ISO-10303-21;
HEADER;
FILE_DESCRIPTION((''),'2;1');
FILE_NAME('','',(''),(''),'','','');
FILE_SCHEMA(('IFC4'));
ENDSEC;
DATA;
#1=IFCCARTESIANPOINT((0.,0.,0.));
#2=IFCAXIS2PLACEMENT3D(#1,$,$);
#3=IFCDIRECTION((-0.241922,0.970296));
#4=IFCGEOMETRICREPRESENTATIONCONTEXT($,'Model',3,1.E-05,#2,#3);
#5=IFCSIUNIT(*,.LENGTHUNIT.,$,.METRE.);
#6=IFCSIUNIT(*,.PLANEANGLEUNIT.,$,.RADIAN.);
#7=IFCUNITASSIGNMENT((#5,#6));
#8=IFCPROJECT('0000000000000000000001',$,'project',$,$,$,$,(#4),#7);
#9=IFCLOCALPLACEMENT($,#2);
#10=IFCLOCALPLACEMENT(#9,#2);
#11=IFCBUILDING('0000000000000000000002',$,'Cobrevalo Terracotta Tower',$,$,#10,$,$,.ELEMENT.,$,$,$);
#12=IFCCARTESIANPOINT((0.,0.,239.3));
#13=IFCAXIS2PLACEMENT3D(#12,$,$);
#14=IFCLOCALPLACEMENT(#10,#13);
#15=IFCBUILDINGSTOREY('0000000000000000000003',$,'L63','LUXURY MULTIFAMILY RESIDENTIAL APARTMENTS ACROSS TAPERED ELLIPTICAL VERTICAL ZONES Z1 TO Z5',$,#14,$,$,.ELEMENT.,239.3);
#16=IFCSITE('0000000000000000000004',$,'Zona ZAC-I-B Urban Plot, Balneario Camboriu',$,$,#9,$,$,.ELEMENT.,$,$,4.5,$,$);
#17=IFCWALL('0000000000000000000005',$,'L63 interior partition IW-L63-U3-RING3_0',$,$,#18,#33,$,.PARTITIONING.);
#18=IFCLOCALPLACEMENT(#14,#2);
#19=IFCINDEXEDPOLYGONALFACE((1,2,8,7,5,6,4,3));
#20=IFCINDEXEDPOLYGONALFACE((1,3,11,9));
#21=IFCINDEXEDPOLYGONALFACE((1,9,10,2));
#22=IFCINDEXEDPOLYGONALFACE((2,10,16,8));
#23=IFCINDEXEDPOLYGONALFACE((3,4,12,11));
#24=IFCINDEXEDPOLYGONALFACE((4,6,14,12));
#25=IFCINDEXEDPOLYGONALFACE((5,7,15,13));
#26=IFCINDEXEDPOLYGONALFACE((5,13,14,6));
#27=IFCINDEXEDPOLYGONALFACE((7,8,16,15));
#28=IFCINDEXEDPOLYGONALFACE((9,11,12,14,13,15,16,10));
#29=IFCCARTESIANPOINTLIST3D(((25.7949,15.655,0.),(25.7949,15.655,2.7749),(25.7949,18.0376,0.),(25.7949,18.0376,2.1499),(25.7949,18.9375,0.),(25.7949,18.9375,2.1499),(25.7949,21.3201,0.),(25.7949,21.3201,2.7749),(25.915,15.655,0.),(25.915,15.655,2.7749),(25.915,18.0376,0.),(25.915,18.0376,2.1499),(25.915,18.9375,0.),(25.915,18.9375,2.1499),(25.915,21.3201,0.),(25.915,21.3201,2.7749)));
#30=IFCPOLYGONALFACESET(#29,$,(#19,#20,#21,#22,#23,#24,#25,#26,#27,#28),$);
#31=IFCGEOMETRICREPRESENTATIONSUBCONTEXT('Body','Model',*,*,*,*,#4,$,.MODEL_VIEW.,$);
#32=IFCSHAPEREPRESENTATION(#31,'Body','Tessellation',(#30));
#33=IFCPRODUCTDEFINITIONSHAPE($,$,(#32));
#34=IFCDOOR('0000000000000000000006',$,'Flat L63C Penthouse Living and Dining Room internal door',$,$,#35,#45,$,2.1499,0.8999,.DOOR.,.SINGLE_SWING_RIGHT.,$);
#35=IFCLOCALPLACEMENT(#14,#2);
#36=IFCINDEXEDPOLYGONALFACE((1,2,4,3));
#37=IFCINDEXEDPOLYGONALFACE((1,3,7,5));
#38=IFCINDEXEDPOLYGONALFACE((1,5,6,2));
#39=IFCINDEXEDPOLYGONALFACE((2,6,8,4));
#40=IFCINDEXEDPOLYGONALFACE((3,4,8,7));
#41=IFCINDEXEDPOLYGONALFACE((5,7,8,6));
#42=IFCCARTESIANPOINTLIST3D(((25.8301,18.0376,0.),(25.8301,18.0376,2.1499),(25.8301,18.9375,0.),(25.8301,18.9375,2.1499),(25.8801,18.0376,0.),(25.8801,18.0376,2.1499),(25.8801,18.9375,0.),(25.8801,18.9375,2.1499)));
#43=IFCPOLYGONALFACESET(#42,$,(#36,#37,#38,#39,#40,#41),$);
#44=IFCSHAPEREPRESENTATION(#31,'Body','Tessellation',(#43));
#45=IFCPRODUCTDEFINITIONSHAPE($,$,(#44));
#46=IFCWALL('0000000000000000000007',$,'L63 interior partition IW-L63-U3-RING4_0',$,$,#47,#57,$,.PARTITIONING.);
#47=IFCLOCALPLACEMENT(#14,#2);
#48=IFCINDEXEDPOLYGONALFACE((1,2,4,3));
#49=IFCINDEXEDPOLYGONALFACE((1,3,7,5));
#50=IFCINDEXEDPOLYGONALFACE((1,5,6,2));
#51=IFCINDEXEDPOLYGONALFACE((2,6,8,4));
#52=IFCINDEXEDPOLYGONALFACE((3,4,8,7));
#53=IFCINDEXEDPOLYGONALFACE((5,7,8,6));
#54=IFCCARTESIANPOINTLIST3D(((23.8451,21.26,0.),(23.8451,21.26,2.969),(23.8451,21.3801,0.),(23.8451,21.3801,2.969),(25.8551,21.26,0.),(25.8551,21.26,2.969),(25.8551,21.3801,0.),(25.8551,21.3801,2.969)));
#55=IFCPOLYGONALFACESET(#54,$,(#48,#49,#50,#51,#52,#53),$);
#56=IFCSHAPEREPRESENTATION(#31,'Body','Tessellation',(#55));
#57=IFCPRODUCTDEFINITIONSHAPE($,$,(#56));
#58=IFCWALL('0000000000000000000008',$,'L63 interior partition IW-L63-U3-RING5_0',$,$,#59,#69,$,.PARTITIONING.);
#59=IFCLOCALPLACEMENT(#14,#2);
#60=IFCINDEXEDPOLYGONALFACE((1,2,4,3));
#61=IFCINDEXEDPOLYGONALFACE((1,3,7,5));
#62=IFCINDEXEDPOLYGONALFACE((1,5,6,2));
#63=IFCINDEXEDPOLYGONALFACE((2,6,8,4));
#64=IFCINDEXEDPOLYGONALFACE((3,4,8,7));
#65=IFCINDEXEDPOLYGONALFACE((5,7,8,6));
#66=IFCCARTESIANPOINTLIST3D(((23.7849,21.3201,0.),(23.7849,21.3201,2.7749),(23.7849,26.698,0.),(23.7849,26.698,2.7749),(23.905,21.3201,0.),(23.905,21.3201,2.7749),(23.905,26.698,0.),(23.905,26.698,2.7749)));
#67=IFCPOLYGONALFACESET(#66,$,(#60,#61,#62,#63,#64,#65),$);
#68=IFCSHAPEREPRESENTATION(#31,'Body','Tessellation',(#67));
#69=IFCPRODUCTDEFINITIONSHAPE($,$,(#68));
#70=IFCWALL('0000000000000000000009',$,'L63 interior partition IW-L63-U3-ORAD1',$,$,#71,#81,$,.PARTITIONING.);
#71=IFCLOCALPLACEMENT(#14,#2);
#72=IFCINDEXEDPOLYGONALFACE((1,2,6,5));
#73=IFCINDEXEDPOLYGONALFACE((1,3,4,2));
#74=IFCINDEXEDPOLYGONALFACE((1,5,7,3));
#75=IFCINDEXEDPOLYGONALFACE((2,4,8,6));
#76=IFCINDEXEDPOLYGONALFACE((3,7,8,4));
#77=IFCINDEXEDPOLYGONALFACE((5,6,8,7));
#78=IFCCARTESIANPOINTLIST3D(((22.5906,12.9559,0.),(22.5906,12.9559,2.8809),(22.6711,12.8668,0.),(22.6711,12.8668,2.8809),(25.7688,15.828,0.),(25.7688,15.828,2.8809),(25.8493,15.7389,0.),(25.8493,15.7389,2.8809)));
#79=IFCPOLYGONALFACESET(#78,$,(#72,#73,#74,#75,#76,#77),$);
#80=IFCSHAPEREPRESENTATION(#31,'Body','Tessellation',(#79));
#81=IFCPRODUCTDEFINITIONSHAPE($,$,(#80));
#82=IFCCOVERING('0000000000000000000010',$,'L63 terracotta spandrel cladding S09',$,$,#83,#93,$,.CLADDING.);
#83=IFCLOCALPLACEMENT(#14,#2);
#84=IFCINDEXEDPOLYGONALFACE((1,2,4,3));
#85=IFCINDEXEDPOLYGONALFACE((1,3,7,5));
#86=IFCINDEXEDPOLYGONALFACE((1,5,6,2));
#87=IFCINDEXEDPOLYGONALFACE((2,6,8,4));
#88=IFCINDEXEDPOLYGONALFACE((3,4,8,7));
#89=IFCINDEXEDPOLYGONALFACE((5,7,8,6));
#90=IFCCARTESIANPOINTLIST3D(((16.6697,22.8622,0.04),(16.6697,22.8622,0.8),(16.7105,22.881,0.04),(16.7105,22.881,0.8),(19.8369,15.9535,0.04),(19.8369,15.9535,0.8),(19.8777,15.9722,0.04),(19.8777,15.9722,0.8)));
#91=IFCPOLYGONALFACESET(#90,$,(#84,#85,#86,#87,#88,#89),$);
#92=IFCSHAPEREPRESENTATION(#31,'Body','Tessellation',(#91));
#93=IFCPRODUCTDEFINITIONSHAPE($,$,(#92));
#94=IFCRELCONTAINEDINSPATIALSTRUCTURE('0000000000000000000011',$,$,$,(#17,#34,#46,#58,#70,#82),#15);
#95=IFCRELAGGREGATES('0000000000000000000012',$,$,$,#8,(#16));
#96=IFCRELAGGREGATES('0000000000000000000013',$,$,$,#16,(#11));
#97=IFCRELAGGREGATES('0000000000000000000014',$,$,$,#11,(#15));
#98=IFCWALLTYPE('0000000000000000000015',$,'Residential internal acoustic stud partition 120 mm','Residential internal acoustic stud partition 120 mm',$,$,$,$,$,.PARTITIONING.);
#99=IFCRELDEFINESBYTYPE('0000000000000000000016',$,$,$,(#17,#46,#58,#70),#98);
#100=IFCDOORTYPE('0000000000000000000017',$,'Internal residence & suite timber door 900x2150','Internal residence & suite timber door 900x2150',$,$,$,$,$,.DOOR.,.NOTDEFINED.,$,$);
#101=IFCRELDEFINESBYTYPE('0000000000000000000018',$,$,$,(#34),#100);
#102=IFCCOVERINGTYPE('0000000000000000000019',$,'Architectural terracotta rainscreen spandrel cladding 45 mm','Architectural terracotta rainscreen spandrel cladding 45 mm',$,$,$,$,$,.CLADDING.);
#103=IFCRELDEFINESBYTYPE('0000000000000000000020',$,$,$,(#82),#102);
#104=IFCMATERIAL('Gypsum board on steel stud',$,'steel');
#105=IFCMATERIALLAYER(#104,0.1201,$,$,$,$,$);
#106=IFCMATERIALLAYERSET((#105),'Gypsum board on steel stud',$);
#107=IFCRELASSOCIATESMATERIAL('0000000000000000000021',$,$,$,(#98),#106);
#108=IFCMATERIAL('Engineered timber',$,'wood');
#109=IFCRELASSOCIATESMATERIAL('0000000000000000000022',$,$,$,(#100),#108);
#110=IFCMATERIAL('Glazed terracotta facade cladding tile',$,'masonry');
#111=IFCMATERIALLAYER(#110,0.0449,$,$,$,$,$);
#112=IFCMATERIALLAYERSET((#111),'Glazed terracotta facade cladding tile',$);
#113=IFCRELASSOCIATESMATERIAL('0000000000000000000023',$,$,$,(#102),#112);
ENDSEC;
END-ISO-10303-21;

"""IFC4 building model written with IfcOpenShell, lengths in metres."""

from ifc_helpers import new_model, si_unit, direction, frame, frame_2d, origin, origin_2d, place, context, subcontext, project, spatial, rectangle, extrude, source, transform, mapped, material, layer, layer_set, type_object, element, fill, save


model = new_model("IFC4")

# Units and contexts
model_context = context("Model", 3, precision=1e-05, world=origin(), true_north=direction((-0.241922, 0.970296)))
body_context = subcontext(model_context, "Body", "Model", "MODEL_VIEW")
ifc_project = project(units=[si_unit("LENGTHUNIT", "METRE"), si_unit("PLANEANGLEUNIT", "RADIAN")], contexts=[model_context])

# Site, building, storey
site_placement = place(None, origin())
site = spatial("IfcSite", under=ifc_project, at=site_placement, Name="Zona ZAC-I-B Urban Plot, Balneario Camboriu", CompositionType="ELEMENT", RefElevation=4.5)
building_placement = place(site_placement, origin())
building = spatial("IfcBuilding", under=site, at=building_placement, Name="Cobrevalo Terracotta Tower", CompositionType="ELEMENT")
storey_placement = place(building_placement, frame((0.0, 0.0, 239.3)))
storey = spatial("IfcBuildingStorey", under=building, at=storey_placement, Name="L63", Description="LUXURY MULTIFAMILY RESIDENTIAL APARTMENTS ACROSS TAPERED ELLIPTICAL VERTICAL ZONES Z1 TO Z5", CompositionType="ELEMENT", Elevation=239.3)

# Wall, opening, door
ifc_material_1 = material(Name="Gypsum board on steel stud", Category="steel")
ifc_layer_1 = layer(ifc_material_1, 0.1201)
ifc_layer_set_1 = layer_set([ifc_layer_1], Name="Gypsum board on steel stud")
wall_type = type_object("IfcWallType", Name="Residential internal acoustic stud partition 120 mm", Description="Residential internal acoustic stud partition 120 mm", PredefinedType="PARTITIONING", material=ifc_layer_set_1)
wall_1_placement = place(storey_placement, frame((25.855, 15.655, 0.0), z_axis=(0.0, 0.0, 1.0), x_axis=(0.0, 1.0, 0.0)))
wall_1 = element("IfcWall", 1, at=wall_1_placement, inside=storey, type_object=wall_type, Name="L63 interior partition IW-L63-U3-RING3_0", PredefinedType="PARTITIONING", context=body_context, shape_type="SweptSolid", body=[
    extrude(rectangle(XDim=5.665, YDim=0.1201, at=frame_2d((2.8325, 0.0))), origin(), (0.0, 0.0, 1.0), 2.7749),
])
opening_placement = place(wall_1_placement, frame((2.3826, 0.0, 0.0)))
opening = element("IfcOpeningElement", 2, at=opening_placement, cuts=wall_1, PredefinedType="OPENING", context=body_context, shape_type="SweptSolid", body=[
    extrude(rectangle(XDim=0.8999, YDim=2.1499, at=frame_2d((0.45, 1.075))), frame((0.0, 0.0701, 0.0), z_axis=(0.0, -1.0, 0.0), x_axis=(1.0, 0.0, 0.0)), (0.0, 0.0, 1.0), 0.1401),
])
ifc_material_2 = material(Name="Engineered timber", Category="wood")
door_type = type_object("IfcDoorType", Name="Internal residence & suite timber door 900x2150", Description="Internal residence & suite timber door 900x2150", OperationType="NOTDEFINED", PredefinedType="DOOR", material=ifc_material_2)
shared_shape_1 = source(origin(), body_context, "Body", "SweptSolid", [
    extrude(rectangle(XDim=0.8999, YDim=2.1499, at=frame_2d((0.45, 1.075))), frame((0.0, 0.0249, 0.0), z_axis=(0.0, -1.0, 0.0), x_axis=(1.0, 0.0, 0.0)), (0.0, 0.0, 1.0), 0.05),
])
door_placement = place(opening_placement, origin())
door = element("IfcDoor", 3, at=door_placement, inside=storey, type_object=door_type, Name="Flat L63C Penthouse Living and Dining Room internal door", OperationType="SINGLE_SWING_RIGHT", OverallHeight=2.1499, OverallWidth=0.8999, PredefinedType="DOOR", context=body_context, shape_type="MappedRepresentation", body=[
    mapped(shared_shape_1, transform((0.0, 0.0, 0.0), scale=1.0)),
])
fill(opening, door)

# Walls
wall_2_placement = place(storey_placement, frame((25.855, 21.3201, 0.0), z_axis=(0.0, 0.0, 1.0), x_axis=(-1.0, 0.0, 0.0)))
element("IfcWall", 4, at=wall_2_placement, inside=storey, type_object=wall_type, Name="L63 interior partition IW-L63-U3-RING4_0", PredefinedType="PARTITIONING", context=body_context, shape_type="SweptSolid", body=[
    extrude(rectangle(XDim=2.01, YDim=0.1201, at=frame_2d((1.0049, 0.0))), origin(), (0.0, 0.0, 1.0), 2.969),
])
wall_3_placement = place(storey_placement, frame((23.845, 21.3201, 0.0), z_axis=(0.0, 0.0, 1.0), x_axis=(0.0, 1.0, 0.0)))
element("IfcWall", 5, at=wall_3_placement, inside=storey, type_object=wall_type, Name="L63 interior partition IW-L63-U3-RING5_0", PredefinedType="PARTITIONING", context=body_context, shape_type="SweptSolid", body=[
    extrude(rectangle(XDim=5.3779, YDim=0.1201, at=frame_2d((2.689, 0.0))), origin(), (0.0, 0.0, 1.0), 2.7749),
])
wall_4_placement = place(storey_placement, frame((25.8091, 15.7834, 0.0), z_axis=(0.0, 0.0, 1.0), x_axis=(-0.741938, -0.670468, 0.0)))
element("IfcWall", 6, at=wall_4_placement, inside=storey, type_object=wall_type, Name="L63 interior partition IW-L63-U3-ORAD1", PredefinedType="PARTITIONING", context=body_context, shape_type="SweptSolid", body=[
    extrude(rectangle(XDim=4.2837, YDim=0.1201, at=frame_2d((2.1418, 0.0))), origin(), (0.0, 0.0, 1.0), 2.8809),
])

# Covering
ifc_material_3 = material(Name="Glazed terracotta facade cladding tile", Category="masonry")
ifc_layer_2 = layer(ifc_material_3, 0.0449)
ifc_layer_set_2 = layer_set([ifc_layer_2], Name="Glazed terracotta facade cladding tile")
covering_type = type_object("IfcCoveringType", Name="Architectural terracotta rainscreen spandrel cladding 45 mm", Description="Architectural terracotta rainscreen spandrel cladding 45 mm", PredefinedType="CLADDING", material=ifc_layer_set_2)
shared_shape_2 = source(origin(), body_context, "Body", "SweptSolid", [
    extrude(rectangle(XDim=7.6001, YDim=0.0449, at=origin_2d()), origin(), (0.0, 0.0, 1.0), 0.76),
])
covering_placement = place(storey_placement, frame((18.2737, 19.4172, 0.04), z_axis=(0.0, 0.0, 1.0), x_axis=(0.416731, -0.90903, 0.0)))
element("IfcCovering", 7, at=covering_placement, inside=storey, type_object=covering_type, Name="L63 terracotta spandrel cladding S09", PredefinedType="CLADDING", context=body_context, shape_type="MappedRepresentation", body=[
    mapped(shared_shape_2, transform((0.0, 0.0, 0.0), scale=1.0)),
])

save(model, "model.ifc")
